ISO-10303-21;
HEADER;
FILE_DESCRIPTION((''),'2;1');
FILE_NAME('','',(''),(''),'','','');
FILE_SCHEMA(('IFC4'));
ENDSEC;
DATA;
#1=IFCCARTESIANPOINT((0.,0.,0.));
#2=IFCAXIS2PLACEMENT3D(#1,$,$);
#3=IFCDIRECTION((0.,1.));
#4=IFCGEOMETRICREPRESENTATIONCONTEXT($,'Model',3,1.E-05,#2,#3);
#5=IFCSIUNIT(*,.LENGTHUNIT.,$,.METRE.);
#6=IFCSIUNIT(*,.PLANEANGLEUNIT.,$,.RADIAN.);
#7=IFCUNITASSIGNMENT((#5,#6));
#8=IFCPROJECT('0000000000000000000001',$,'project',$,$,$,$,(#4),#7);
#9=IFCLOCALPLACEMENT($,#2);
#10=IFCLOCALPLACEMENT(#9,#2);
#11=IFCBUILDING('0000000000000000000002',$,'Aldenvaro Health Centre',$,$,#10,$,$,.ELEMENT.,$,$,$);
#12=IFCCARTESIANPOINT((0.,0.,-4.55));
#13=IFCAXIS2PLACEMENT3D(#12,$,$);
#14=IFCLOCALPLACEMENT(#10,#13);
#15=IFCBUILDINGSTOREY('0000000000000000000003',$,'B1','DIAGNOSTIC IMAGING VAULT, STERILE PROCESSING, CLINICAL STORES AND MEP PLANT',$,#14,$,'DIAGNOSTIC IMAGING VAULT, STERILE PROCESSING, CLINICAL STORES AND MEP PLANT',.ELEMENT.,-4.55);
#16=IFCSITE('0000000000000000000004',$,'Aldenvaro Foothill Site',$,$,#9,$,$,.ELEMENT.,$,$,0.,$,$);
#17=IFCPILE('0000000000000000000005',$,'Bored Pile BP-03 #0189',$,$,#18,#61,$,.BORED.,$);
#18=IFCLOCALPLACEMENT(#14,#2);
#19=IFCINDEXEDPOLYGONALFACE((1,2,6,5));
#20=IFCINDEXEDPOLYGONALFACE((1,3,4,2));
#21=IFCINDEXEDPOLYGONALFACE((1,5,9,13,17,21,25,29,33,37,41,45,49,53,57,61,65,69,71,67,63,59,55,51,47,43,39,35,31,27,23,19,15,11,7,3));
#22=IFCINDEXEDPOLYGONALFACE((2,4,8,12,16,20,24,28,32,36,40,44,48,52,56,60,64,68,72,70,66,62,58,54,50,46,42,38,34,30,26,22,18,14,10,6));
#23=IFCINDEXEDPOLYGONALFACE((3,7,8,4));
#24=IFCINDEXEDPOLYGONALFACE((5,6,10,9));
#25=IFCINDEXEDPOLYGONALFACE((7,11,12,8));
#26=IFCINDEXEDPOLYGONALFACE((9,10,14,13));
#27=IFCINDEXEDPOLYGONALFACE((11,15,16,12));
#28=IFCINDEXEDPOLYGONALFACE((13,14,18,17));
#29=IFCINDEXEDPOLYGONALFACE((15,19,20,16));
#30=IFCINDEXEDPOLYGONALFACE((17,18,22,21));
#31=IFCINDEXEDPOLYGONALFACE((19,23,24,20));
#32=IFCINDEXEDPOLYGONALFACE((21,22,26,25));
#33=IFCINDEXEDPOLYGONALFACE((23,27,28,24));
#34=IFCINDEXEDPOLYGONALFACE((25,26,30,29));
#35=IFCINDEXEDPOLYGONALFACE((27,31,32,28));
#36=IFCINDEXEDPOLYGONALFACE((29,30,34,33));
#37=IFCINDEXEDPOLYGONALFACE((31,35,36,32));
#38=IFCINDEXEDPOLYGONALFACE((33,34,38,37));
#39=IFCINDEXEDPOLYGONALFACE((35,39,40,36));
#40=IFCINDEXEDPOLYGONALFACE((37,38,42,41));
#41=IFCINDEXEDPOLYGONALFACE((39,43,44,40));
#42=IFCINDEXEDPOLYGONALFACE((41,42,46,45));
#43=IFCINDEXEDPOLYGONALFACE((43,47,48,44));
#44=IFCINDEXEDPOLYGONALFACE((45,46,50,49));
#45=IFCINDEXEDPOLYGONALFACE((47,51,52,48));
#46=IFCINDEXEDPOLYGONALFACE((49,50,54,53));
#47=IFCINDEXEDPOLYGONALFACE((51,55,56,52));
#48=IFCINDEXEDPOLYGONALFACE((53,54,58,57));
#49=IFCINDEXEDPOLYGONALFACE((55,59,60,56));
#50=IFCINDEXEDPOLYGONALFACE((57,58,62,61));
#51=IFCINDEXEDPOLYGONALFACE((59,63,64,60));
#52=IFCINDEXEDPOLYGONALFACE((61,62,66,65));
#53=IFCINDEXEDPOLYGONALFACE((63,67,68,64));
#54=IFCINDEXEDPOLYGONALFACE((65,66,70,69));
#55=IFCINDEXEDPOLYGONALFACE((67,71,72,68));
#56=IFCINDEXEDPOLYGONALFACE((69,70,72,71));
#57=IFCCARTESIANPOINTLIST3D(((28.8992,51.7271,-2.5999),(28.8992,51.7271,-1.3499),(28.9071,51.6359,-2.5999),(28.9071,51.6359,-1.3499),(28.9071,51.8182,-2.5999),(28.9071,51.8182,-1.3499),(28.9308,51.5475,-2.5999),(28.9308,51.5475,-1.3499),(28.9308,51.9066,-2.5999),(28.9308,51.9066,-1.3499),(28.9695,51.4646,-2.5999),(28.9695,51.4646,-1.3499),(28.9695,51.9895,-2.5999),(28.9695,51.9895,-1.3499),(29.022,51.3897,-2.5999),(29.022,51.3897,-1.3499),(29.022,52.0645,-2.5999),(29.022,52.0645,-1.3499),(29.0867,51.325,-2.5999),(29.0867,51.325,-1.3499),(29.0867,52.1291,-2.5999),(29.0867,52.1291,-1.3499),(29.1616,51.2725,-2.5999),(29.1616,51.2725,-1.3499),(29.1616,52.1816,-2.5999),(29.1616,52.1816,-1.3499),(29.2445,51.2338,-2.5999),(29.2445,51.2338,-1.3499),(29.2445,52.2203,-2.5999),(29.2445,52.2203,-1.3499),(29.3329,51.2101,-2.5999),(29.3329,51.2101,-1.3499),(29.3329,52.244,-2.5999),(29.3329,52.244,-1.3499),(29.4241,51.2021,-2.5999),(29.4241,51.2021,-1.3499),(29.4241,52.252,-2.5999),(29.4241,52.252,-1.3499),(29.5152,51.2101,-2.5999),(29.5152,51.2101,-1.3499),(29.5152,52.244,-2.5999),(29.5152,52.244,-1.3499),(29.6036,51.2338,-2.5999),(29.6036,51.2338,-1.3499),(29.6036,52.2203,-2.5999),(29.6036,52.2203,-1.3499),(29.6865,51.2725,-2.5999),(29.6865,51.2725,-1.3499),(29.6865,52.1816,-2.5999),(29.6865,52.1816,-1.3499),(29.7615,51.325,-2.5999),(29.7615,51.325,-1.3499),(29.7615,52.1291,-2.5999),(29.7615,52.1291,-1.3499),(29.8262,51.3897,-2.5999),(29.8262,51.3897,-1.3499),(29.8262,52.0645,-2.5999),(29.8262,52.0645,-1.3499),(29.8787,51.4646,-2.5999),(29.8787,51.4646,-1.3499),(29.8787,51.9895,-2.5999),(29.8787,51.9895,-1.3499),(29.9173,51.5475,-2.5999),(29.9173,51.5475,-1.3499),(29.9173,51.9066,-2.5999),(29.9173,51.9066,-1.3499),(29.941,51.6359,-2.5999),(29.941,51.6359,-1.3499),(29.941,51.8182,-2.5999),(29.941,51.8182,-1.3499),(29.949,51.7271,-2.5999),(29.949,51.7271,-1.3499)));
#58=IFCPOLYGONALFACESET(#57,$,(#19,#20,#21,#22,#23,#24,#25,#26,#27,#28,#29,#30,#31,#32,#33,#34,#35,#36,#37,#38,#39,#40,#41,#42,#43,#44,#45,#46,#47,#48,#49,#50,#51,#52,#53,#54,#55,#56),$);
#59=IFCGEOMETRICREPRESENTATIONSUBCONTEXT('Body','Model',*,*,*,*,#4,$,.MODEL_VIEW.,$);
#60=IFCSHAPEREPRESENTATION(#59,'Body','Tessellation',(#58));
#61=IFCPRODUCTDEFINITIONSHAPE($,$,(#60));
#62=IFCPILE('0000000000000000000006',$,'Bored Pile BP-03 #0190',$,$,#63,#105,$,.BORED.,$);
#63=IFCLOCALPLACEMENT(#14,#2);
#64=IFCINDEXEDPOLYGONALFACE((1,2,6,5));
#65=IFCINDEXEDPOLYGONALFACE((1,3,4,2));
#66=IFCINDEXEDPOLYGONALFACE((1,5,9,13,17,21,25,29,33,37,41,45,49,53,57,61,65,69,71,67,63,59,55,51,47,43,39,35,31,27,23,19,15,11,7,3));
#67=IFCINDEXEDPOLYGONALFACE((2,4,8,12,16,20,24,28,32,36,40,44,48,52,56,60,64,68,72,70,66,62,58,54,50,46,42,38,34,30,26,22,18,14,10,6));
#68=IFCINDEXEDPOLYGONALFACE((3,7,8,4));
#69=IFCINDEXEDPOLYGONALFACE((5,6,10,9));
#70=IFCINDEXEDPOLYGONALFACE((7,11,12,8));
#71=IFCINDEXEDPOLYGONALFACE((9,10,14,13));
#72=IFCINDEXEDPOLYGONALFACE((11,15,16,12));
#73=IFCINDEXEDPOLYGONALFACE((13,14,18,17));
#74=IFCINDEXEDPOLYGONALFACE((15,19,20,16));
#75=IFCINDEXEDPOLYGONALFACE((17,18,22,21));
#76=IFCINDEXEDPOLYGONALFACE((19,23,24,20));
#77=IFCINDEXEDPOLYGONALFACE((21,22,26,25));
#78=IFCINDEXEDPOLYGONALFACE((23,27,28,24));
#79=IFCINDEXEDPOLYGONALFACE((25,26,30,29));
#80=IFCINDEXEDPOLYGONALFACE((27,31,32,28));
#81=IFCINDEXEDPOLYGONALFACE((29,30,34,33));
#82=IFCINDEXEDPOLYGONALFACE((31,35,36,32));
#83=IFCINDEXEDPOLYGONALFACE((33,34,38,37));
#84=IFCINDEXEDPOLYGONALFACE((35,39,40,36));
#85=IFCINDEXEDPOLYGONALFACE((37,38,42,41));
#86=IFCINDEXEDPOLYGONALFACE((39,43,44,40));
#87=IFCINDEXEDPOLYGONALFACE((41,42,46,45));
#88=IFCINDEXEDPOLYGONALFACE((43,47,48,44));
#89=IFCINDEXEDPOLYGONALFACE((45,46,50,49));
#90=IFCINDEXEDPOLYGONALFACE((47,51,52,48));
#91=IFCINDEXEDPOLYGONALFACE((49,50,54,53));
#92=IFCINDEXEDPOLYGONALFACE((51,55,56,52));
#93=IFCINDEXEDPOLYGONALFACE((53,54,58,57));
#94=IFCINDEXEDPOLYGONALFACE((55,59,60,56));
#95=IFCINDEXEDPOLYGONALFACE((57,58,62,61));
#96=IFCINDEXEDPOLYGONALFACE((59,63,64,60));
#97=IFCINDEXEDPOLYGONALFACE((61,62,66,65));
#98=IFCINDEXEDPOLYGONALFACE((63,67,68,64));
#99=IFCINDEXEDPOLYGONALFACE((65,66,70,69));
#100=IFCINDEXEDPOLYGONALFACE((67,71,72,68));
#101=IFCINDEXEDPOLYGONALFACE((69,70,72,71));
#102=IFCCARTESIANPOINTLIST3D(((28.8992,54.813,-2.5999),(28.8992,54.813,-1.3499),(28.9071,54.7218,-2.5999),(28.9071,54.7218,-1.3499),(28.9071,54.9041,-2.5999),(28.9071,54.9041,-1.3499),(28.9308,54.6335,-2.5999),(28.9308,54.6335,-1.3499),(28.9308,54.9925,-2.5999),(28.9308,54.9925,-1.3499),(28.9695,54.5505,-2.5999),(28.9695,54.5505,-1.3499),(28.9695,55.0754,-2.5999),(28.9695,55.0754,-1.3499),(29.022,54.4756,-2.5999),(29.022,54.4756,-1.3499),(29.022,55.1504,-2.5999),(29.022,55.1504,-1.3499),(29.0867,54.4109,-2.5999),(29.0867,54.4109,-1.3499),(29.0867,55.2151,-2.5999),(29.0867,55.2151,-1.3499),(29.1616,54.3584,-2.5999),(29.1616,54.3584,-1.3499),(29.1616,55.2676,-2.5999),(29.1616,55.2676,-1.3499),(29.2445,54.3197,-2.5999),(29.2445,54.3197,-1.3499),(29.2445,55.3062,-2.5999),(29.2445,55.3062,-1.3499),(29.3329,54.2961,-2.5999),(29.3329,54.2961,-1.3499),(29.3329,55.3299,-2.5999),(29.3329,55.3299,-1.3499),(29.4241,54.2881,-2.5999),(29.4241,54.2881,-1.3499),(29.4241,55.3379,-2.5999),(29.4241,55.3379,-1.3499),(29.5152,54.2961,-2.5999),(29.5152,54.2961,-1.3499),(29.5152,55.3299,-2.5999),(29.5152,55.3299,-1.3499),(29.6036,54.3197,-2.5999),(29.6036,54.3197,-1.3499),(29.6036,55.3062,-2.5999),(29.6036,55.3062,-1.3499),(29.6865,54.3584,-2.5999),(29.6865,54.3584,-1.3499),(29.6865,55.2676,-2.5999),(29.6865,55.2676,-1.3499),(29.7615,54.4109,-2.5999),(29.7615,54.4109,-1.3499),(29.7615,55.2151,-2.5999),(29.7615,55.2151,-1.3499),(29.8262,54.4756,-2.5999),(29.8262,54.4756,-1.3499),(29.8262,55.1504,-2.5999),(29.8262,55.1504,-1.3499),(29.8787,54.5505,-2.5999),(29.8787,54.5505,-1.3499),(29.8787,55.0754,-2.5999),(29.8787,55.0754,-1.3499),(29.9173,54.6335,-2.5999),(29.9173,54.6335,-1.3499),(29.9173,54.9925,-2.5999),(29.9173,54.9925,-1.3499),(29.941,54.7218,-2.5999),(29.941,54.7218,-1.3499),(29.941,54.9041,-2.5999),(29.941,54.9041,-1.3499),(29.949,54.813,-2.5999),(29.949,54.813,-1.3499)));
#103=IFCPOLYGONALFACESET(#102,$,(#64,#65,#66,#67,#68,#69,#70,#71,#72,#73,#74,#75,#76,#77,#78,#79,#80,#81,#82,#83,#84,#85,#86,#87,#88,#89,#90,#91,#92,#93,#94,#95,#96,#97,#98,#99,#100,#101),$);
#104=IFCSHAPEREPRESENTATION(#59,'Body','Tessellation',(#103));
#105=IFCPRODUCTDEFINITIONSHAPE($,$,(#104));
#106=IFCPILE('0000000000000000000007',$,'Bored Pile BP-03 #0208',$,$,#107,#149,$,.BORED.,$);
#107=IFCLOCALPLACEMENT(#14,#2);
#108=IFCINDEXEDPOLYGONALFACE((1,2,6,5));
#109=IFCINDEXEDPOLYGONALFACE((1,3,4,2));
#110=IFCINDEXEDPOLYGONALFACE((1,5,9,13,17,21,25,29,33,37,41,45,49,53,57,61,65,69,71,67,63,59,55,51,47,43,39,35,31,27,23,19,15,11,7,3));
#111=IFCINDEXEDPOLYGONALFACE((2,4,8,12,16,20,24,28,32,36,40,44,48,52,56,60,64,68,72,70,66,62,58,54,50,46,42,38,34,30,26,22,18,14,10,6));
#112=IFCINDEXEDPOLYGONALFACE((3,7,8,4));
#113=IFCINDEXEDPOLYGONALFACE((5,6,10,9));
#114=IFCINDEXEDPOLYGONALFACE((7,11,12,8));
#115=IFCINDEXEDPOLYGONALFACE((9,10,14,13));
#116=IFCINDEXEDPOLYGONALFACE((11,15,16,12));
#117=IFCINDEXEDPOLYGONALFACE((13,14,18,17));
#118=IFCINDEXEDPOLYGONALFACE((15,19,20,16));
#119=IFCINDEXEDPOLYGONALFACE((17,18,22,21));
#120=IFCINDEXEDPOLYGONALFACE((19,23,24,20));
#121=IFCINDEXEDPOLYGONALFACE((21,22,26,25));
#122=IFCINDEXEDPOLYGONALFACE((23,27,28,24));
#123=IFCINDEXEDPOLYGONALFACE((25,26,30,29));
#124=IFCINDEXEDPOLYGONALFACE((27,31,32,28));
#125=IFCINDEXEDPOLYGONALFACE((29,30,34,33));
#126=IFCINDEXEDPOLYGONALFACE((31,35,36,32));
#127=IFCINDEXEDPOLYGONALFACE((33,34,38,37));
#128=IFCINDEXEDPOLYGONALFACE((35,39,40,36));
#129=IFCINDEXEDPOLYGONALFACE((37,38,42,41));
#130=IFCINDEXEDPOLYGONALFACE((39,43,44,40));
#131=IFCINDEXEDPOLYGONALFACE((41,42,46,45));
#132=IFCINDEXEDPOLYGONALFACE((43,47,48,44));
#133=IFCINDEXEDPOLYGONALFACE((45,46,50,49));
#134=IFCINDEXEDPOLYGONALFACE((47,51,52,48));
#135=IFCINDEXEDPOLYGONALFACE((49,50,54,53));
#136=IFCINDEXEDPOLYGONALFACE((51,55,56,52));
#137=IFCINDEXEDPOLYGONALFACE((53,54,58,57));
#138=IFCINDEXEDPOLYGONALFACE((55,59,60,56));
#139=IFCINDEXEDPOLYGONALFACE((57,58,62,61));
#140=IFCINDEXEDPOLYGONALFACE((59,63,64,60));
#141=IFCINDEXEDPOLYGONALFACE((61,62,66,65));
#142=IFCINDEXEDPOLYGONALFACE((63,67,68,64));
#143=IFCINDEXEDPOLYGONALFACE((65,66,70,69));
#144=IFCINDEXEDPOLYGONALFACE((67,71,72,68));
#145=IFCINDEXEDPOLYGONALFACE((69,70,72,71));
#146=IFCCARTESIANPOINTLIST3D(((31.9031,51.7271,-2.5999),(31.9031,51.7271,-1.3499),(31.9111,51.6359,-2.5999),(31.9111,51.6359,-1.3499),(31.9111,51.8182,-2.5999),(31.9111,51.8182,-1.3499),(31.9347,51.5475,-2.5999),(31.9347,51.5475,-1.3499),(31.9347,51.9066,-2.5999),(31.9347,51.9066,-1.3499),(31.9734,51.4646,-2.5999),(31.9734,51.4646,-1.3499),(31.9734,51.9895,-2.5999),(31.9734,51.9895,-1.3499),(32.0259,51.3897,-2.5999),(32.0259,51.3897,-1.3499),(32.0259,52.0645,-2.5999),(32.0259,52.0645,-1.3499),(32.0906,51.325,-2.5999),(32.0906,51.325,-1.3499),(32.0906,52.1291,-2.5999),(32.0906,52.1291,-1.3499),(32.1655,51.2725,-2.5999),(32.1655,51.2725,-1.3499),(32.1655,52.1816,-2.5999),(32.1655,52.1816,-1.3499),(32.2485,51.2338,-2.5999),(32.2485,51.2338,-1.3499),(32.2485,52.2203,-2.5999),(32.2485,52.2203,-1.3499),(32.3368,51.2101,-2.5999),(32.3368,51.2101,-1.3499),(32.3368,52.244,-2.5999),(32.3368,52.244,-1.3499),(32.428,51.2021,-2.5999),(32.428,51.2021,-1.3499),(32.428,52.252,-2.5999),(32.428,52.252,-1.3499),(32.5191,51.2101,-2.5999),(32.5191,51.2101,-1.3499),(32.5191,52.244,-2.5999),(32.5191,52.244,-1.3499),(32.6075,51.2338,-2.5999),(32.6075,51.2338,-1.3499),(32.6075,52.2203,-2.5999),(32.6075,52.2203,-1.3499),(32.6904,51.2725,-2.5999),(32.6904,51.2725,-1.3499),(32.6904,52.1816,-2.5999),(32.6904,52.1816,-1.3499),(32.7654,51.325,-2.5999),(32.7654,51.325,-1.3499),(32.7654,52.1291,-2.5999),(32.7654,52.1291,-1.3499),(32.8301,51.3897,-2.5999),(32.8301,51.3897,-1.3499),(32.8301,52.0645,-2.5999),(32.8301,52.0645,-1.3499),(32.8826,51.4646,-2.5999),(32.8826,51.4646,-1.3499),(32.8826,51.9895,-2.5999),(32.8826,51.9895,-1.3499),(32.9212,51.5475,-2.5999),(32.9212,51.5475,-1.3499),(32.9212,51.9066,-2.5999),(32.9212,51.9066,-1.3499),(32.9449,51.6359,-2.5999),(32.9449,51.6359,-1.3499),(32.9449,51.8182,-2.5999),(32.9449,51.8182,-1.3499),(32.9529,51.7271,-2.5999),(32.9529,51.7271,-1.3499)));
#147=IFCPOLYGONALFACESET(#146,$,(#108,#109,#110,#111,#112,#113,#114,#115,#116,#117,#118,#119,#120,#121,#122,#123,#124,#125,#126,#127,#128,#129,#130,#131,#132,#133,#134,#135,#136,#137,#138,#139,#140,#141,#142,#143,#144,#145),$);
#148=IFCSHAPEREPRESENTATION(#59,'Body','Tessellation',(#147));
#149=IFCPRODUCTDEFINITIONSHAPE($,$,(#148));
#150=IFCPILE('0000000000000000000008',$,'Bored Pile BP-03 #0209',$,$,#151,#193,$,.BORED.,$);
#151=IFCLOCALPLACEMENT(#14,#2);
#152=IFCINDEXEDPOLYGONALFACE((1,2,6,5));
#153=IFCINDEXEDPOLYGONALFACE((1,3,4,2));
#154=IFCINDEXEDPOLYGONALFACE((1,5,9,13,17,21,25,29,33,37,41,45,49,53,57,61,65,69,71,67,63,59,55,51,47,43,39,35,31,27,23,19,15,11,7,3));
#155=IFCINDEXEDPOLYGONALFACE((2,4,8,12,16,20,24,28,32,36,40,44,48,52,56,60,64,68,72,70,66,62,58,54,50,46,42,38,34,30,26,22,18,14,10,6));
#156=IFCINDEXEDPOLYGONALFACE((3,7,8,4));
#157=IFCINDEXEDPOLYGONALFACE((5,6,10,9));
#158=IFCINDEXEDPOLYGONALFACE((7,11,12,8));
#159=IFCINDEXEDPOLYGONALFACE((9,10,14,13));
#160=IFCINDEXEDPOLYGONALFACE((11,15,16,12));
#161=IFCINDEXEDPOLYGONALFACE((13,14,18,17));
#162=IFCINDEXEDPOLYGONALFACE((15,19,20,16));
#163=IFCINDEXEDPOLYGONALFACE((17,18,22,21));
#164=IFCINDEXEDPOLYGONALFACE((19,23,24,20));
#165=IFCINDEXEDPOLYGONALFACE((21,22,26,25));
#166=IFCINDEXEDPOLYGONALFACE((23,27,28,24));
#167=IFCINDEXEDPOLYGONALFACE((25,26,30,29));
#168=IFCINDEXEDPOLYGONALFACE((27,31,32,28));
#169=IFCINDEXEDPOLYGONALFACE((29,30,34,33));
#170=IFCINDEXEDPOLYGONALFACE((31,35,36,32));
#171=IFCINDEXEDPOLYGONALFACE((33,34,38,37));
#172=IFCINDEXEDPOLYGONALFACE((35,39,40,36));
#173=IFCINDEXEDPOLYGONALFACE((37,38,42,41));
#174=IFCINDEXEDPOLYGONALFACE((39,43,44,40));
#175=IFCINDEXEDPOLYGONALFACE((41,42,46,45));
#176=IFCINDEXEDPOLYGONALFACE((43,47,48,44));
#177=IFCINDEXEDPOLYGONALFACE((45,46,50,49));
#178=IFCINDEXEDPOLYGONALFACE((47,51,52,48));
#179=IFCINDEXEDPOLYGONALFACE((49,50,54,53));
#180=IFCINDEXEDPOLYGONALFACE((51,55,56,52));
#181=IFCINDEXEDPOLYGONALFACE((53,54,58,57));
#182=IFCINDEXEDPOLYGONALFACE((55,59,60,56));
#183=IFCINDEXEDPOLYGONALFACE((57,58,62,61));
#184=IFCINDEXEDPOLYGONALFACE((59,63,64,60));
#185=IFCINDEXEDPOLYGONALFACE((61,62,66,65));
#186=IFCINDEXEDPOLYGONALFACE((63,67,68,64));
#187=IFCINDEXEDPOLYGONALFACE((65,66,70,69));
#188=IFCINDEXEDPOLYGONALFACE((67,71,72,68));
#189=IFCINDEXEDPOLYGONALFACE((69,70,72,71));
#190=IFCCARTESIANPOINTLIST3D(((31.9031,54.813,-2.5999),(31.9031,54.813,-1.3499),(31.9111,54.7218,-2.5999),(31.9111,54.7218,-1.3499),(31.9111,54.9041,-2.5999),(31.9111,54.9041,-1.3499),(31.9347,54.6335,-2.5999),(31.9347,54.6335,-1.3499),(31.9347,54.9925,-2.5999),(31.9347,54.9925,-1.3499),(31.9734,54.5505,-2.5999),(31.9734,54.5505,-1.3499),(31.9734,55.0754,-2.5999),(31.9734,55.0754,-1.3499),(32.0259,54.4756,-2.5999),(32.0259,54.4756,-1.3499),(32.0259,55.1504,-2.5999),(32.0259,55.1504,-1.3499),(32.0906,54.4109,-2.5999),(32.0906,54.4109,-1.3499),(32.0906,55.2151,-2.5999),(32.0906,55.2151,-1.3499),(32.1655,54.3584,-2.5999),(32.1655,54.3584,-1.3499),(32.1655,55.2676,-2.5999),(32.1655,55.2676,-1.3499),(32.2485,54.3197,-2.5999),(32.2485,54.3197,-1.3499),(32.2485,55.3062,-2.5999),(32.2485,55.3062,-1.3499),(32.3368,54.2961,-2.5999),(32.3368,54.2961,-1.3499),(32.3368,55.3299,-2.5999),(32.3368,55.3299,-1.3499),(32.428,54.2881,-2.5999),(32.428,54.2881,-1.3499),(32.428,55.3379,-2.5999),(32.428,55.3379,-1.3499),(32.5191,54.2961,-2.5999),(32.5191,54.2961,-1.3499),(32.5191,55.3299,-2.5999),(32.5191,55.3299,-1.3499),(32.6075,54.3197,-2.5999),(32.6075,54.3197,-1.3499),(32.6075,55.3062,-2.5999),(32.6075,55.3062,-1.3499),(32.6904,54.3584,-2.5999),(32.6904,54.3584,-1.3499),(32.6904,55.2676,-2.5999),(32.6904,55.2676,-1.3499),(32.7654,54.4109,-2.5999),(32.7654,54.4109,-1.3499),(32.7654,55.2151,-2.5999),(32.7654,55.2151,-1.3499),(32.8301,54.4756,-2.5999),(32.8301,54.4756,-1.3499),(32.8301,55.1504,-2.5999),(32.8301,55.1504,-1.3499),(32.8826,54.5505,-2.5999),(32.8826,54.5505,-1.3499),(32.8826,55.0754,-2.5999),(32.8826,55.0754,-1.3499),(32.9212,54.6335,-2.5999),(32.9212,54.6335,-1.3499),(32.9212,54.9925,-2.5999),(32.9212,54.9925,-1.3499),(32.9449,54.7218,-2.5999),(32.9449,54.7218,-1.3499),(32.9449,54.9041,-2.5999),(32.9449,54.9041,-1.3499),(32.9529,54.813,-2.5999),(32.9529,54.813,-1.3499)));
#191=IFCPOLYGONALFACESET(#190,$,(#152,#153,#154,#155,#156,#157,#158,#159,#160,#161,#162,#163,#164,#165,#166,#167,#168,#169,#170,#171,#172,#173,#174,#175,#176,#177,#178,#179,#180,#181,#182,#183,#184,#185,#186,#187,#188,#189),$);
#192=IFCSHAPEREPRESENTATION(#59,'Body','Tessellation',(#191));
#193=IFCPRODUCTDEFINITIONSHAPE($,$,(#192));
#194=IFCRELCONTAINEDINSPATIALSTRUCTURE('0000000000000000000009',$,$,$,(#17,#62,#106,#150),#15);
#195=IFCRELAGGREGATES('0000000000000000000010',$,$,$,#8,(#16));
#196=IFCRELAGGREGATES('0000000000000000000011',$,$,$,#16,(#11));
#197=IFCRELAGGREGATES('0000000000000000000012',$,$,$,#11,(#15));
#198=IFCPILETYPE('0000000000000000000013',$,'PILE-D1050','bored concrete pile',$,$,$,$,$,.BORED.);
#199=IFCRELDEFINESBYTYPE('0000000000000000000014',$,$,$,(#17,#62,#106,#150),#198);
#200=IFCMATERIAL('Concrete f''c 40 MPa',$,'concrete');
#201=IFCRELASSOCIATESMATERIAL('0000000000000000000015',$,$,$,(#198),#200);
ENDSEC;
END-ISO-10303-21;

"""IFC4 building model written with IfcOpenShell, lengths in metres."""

from ifc_helpers import new_model, si_unit, direction, frame, origin, origin_2d, place, context, subcontext, project, spatial, circle, extrude, material, material_profile, profile_set, type_object, element, save


model = new_model("IFC4")

# Units and contexts
model_context = context("Model", 3, precision=1e-05, world=origin(), true_north=direction((0.0, 1.0)))
body_context = subcontext(model_context, "Body", "Model", "MODEL_VIEW")
ifc_project = project(units=[si_unit("LENGTHUNIT", "METRE"), si_unit("PLANEANGLEUNIT", "RADIAN")], contexts=[model_context])

# Site, building, storey
site_placement = place(None, origin())
site = spatial("IfcSite", under=ifc_project, at=site_placement, Name="Aldenvaro Foothill Site", CompositionType="ELEMENT", RefElevation=0.0)
building_placement = place(site_placement, origin())
building = spatial("IfcBuilding", under=site, at=building_placement, Name="Aldenvaro Health Centre", CompositionType="ELEMENT")
storey_placement = place(building_placement, frame((0.0, 0.0, -4.55)))
storey = spatial("IfcBuildingStorey", under=building, at=storey_placement, Name="B1", Description="DIAGNOSTIC IMAGING VAULT, STERILE PROCESSING, CLINICAL STORES AND MEP PLANT", LongName="DIAGNOSTIC IMAGING VAULT, STERILE PROCESSING, CLINICAL STORES AND MEP PLANT", CompositionType="ELEMENT", Elevation=-4.55)

# Piles
ifc_material_1 = material(Name="Concrete f'c 40 MPa", Category="concrete")
ifc_material_profile_1 = material_profile(ifc_material_1, circle(Radius=0.5249, at=origin_2d()), Name="PILE D1050", Category="concrete")
ifc_profile_set_1 = profile_set([ifc_material_profile_1], Name="Concrete f'c 40 MPa")
pile_type_1 = type_object("IfcPileType", Name="PILE-D1050", Description="bored concrete pile", PredefinedType="BORED", material=ifc_profile_set_1)
for number, where, z_axis, x_axis, name in (
    (1, (29.4241, 51.7271, -1.3499), (0.0, 0.0, -1.0), (1.0, 0.0, 0.0), "Bored Pile BP-03 #0189"),
    (2, (29.4241, 54.813, -1.3499), (0.0, 0.0, -1.0), (1.0, 0.0, 0.0), "Bored Pile BP-03 #0190"),
    (3, (32.428, 51.7271, -1.3499), (0.0, 0.0, -1.0), (1.0, 0.0, 0.0), "Bored Pile BP-03 #0208"),
    (4, (32.428, 54.813, -1.3499), (0.0, 0.0, -1.0), (1.0, 0.0, 0.0), "Bored Pile BP-03 #0209"),
):
    element("IfcPile", number, at=place(storey_placement, frame(where, z_axis=z_axis, x_axis=x_axis)), inside=storey, type_object=pile_type_1, Name=name, PredefinedType="BORED", context=body_context, shape_type="SweptSolid", body=[
        extrude(circle(Radius=0.5249, at=origin_2d()), origin(), (0.0, 0.0, 1.0), 1.25),
    ])

save(model, "model.ifc")
